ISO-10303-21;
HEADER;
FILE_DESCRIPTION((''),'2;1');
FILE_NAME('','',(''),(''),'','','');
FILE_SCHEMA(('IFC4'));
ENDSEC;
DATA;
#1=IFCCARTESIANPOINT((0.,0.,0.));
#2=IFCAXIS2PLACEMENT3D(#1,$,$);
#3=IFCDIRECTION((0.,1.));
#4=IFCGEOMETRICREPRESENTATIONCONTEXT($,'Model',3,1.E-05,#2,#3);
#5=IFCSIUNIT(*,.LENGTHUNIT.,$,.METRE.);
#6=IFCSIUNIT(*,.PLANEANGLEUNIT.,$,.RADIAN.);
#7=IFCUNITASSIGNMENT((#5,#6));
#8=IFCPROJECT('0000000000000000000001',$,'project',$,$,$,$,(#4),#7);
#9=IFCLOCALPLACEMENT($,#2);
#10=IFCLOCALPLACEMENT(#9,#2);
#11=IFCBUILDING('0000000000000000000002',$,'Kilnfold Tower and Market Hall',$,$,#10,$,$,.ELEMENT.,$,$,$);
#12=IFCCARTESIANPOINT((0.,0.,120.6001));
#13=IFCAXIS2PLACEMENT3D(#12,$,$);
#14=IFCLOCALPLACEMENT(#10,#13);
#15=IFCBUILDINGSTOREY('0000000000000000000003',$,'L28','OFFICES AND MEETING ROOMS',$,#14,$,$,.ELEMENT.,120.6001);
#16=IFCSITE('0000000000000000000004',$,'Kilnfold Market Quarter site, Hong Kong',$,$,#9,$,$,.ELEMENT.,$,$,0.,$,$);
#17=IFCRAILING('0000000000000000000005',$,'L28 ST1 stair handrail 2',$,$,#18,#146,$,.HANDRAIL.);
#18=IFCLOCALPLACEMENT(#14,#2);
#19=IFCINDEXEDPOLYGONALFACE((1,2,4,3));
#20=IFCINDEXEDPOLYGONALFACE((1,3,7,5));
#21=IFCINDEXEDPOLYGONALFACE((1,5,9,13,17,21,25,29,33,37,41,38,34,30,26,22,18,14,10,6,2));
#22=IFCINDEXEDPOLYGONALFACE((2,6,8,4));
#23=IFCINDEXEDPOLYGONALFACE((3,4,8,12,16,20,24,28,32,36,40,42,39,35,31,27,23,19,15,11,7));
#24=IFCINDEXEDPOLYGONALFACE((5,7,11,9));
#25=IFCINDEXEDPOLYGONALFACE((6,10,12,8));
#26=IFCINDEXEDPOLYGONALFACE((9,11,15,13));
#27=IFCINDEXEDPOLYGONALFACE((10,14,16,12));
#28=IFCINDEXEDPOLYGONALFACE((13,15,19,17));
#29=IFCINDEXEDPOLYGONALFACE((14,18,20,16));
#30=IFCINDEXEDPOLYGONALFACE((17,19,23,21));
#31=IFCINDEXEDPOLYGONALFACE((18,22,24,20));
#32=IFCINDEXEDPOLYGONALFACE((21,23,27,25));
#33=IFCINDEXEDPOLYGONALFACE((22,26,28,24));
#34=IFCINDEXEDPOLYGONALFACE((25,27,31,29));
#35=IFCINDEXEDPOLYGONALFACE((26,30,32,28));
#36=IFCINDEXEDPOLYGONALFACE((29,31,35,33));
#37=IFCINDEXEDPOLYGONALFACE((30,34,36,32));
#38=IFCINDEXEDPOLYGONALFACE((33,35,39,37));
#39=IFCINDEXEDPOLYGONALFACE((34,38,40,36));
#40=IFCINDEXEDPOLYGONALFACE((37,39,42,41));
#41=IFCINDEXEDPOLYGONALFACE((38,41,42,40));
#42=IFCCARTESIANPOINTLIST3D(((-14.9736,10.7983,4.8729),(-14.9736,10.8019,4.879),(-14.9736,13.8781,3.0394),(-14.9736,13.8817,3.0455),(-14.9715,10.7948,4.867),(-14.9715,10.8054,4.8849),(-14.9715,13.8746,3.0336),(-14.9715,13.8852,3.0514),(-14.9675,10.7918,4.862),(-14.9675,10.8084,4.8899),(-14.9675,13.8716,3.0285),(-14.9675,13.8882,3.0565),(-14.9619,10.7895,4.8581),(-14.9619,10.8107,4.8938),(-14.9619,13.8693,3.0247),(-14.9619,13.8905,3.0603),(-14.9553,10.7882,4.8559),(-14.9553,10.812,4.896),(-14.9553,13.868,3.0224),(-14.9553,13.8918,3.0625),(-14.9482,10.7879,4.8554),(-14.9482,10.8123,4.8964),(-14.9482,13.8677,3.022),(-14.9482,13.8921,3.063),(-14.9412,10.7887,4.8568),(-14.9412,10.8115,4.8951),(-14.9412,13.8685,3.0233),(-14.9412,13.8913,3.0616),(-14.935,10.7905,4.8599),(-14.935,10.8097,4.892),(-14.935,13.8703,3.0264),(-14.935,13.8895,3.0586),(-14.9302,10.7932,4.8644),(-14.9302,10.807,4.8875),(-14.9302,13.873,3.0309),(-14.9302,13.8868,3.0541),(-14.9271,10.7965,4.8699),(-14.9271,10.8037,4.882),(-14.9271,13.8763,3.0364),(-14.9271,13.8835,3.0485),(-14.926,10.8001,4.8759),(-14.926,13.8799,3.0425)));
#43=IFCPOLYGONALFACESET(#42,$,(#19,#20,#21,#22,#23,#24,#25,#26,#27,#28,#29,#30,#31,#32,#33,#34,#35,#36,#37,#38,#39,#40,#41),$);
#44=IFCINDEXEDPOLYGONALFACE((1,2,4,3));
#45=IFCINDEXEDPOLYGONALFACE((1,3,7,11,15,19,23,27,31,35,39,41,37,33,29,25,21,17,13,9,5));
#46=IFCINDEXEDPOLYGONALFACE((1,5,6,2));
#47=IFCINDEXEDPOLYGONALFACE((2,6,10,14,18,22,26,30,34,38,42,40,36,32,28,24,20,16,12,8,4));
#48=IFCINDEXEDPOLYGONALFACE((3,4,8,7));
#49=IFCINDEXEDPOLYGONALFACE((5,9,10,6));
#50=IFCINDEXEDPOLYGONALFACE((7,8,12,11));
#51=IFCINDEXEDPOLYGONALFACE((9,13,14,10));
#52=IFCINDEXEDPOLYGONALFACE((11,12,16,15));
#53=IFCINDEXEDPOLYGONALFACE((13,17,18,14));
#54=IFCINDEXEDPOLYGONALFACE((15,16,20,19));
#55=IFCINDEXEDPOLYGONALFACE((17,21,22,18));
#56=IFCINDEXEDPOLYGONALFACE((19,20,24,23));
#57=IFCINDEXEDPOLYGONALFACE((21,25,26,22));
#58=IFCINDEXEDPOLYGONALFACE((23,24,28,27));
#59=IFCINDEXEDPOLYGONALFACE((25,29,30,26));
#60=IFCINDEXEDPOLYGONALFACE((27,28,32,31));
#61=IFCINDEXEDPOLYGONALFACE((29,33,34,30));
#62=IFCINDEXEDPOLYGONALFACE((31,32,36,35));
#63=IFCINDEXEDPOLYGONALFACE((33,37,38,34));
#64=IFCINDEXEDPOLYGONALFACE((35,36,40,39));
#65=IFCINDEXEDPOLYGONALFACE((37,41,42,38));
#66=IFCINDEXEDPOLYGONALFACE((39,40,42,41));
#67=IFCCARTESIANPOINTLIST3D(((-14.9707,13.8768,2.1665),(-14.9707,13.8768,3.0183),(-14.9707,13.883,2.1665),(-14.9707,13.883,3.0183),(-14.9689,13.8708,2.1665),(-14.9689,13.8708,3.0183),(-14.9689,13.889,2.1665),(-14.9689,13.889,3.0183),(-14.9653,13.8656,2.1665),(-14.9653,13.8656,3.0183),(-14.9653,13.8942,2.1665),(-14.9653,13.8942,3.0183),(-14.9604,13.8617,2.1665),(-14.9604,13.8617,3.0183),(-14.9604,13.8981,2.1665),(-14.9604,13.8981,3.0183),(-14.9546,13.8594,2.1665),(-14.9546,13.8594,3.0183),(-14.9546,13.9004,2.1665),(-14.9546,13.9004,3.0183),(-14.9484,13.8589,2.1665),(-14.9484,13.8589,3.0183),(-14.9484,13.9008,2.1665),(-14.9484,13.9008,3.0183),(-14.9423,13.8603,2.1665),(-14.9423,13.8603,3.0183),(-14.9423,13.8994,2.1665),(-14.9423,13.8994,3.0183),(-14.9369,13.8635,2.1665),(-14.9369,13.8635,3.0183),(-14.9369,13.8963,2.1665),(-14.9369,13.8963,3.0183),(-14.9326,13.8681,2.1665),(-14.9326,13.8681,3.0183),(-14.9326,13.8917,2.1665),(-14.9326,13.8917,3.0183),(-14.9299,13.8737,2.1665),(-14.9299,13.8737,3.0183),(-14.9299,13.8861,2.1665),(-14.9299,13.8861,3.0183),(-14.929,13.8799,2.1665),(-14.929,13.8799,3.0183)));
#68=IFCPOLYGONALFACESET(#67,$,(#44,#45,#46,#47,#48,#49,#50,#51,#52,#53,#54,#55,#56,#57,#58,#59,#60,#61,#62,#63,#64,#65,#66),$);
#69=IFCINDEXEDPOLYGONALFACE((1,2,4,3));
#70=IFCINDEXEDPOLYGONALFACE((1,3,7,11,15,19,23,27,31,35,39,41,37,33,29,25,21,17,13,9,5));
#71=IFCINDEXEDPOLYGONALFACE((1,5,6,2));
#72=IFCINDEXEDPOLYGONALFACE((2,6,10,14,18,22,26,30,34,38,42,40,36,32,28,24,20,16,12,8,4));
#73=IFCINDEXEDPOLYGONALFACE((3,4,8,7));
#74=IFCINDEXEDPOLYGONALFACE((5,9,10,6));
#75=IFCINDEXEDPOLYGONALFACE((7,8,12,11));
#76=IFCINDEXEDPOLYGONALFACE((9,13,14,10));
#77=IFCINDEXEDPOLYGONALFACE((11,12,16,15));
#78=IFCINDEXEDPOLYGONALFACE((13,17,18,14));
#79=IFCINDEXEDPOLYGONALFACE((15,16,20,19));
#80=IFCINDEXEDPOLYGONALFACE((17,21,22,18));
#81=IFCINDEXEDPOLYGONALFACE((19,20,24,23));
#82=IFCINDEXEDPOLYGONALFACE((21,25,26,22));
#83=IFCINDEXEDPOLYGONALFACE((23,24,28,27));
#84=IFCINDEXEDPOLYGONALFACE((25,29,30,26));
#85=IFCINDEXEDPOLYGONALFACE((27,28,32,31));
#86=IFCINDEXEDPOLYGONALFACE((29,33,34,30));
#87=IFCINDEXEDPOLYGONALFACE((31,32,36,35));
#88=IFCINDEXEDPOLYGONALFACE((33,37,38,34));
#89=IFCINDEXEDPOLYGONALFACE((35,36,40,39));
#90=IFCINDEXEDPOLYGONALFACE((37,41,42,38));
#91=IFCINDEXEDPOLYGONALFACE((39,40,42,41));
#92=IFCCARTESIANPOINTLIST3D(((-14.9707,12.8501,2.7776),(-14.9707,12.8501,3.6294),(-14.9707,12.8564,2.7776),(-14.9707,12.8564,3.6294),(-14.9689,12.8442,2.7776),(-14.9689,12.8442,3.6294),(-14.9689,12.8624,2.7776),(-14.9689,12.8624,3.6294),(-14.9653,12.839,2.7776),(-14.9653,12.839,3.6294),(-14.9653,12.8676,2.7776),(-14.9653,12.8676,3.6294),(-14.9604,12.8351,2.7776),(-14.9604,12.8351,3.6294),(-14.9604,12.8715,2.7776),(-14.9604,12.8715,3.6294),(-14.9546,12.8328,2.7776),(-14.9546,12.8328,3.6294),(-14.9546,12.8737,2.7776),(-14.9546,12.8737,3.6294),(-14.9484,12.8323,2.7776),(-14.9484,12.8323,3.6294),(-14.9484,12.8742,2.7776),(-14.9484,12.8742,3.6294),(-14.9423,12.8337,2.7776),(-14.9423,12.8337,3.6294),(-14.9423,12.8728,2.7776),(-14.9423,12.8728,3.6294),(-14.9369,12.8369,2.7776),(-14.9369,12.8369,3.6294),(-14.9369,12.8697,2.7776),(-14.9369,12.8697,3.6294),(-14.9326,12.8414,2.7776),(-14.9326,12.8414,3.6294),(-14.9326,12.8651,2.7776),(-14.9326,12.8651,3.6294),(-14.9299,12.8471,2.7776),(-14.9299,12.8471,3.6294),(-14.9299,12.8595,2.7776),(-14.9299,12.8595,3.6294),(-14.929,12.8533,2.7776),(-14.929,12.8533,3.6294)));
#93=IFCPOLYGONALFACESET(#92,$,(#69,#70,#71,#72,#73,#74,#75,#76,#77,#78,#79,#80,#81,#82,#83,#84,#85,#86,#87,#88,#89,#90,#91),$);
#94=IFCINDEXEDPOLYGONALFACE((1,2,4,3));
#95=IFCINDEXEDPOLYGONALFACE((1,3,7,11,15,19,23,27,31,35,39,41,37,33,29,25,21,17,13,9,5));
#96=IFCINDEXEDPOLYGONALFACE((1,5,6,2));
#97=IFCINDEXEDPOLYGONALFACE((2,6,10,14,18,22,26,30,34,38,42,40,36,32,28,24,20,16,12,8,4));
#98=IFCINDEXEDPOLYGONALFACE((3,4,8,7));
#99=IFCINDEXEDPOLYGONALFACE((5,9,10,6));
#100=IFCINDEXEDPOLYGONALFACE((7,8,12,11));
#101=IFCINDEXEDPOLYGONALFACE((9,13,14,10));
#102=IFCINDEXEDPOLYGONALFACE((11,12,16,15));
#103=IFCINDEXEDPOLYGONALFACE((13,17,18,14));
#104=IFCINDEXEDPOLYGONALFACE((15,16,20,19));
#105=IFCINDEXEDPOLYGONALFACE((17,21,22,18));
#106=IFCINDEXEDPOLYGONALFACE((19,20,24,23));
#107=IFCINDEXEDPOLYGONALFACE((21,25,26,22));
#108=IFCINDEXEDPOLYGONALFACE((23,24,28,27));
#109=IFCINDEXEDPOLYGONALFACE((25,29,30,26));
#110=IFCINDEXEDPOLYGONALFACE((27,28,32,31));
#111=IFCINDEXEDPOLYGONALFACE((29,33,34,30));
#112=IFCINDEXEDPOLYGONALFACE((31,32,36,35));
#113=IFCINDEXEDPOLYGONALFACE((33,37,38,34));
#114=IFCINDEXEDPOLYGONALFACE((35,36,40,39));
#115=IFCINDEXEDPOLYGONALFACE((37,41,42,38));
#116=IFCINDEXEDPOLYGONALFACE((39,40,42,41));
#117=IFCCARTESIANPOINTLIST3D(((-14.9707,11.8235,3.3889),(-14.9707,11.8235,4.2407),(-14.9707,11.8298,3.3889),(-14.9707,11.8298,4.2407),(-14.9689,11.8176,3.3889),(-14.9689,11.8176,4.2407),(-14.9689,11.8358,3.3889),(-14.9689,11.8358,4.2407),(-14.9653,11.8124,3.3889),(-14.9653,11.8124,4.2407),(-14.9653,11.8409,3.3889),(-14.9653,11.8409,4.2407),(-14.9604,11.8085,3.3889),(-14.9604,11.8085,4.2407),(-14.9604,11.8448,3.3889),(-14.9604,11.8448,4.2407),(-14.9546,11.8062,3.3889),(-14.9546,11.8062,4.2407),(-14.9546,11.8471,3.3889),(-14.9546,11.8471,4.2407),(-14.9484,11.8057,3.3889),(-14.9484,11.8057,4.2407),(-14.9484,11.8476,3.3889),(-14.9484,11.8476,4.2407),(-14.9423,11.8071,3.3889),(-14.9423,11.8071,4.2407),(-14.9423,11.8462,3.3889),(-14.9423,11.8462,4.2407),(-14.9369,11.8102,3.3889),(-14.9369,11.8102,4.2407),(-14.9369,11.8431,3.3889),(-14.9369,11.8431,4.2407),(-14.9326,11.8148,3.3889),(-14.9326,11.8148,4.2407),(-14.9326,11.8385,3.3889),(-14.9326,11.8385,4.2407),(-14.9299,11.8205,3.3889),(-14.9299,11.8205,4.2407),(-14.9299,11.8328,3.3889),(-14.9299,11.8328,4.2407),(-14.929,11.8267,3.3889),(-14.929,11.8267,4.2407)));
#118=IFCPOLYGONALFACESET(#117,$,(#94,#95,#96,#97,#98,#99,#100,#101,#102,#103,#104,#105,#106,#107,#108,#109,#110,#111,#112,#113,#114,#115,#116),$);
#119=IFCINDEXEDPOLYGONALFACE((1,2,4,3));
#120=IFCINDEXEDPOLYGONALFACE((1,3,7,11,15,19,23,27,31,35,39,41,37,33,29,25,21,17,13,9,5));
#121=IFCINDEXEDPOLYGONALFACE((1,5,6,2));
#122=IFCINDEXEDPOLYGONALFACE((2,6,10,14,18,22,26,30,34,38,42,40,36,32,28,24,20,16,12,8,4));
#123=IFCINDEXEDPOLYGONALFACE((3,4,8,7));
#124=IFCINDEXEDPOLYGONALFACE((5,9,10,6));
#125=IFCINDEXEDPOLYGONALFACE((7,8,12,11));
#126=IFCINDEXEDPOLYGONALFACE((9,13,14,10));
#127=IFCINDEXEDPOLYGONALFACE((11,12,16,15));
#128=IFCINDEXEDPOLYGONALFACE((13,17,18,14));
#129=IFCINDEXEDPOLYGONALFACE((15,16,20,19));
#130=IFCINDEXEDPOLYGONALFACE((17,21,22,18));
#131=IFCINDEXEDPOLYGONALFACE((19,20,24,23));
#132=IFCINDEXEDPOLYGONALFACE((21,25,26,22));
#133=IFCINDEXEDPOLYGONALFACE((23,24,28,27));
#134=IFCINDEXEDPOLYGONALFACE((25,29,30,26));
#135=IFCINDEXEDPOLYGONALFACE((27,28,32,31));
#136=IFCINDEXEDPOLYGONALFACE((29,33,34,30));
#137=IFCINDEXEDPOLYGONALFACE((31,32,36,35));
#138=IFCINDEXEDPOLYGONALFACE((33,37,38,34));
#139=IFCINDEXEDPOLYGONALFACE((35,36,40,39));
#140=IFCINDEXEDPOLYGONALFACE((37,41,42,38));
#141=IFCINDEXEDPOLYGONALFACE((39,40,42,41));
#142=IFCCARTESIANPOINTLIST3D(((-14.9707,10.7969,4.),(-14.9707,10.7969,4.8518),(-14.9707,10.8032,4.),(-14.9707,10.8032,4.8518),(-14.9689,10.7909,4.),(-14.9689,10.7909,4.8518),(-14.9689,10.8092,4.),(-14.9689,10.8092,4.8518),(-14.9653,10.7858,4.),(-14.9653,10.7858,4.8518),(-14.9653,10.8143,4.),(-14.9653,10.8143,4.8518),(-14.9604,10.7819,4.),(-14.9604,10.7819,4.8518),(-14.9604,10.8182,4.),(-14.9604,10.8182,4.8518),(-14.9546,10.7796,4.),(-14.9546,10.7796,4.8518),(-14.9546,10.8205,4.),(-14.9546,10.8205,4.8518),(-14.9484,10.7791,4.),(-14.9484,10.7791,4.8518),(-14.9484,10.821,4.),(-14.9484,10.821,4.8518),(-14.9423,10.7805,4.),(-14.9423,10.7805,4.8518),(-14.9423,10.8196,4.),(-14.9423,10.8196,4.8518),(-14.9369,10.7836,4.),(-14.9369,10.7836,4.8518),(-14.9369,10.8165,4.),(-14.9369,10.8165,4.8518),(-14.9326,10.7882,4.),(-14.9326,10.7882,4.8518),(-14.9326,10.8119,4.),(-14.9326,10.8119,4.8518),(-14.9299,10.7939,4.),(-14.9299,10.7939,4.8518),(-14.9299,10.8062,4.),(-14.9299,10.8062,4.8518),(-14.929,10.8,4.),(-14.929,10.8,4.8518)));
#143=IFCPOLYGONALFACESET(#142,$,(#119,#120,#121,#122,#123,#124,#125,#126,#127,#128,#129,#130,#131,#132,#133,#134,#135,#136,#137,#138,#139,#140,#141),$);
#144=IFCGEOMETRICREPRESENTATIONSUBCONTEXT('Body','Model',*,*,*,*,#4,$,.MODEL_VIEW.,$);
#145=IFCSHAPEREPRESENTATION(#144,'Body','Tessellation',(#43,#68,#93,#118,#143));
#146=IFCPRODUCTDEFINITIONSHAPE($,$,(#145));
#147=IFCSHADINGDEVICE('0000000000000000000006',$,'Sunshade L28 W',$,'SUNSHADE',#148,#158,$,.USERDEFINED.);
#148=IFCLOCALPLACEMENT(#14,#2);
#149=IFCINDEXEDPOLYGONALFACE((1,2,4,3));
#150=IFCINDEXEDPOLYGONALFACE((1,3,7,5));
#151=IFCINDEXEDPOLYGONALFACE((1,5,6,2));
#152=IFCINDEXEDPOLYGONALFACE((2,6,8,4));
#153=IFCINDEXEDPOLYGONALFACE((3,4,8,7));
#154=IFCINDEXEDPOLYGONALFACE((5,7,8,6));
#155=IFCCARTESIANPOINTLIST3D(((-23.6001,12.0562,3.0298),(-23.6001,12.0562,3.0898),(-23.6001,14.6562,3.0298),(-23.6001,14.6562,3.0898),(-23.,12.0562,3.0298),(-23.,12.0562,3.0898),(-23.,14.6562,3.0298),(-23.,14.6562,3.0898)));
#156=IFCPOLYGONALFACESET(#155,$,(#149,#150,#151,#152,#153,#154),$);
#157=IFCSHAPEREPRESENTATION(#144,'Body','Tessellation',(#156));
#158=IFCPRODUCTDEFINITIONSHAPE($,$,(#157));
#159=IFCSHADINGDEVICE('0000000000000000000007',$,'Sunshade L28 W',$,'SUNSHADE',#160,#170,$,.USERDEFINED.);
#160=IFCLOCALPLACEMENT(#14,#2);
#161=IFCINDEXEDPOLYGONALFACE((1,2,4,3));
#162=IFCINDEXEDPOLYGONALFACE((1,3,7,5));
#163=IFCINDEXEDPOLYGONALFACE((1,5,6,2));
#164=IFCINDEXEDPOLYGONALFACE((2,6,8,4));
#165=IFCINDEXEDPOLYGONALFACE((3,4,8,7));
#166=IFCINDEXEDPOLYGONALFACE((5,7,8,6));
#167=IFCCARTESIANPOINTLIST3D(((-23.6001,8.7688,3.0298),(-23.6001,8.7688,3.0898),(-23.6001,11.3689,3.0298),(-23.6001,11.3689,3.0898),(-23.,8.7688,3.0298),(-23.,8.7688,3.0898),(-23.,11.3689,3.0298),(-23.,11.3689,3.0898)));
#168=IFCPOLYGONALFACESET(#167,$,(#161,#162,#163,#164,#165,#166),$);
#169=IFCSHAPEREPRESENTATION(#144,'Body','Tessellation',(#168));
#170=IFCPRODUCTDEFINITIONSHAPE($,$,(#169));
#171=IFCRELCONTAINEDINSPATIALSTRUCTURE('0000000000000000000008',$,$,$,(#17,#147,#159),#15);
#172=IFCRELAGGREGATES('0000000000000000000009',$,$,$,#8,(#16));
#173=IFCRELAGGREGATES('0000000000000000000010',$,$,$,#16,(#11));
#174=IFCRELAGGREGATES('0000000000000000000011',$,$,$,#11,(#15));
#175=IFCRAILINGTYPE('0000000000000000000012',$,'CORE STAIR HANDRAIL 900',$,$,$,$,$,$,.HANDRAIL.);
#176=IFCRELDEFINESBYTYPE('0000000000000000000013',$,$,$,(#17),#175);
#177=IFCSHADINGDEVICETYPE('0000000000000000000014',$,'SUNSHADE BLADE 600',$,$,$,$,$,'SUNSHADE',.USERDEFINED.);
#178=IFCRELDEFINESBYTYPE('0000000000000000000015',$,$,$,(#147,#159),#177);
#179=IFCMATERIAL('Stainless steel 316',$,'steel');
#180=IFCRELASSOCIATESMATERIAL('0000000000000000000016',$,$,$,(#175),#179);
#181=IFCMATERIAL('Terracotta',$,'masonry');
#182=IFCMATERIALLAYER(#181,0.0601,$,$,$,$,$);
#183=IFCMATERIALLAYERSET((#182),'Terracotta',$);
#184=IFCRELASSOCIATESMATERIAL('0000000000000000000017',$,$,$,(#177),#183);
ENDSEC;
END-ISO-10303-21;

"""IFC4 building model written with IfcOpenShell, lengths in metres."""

from ifc_helpers import new_model, si_unit, direction, frame, origin, origin_2d, place, context, subcontext, project, spatial, rectangle, circle, extrude, source, transform, mapped, material, layer, layer_set, type_object, element, save


model = new_model("IFC4")

# Units and contexts
model_context = context("Model", 3, precision=1e-05, world=origin(), true_north=direction((0.0, 1.0)))
body_context = subcontext(model_context, "Body", "Model", "MODEL_VIEW")
ifc_project = project(units=[si_unit("LENGTHUNIT", "METRE"), si_unit("PLANEANGLEUNIT", "RADIAN")], contexts=[model_context])

# Site, building, storey
site_placement = place(None, origin())
site = spatial("IfcSite", under=ifc_project, at=site_placement, Name="Kilnfold Market Quarter site, Hong Kong", CompositionType="ELEMENT", RefElevation=0.0)
building_placement = place(site_placement, origin())
building = spatial("IfcBuilding", under=site, at=building_placement, Name="Kilnfold Tower and Market Hall", CompositionType="ELEMENT")
storey_placement = place(building_placement, frame((0.0, 0.0, 120.6001)))
storey = spatial("IfcBuildingStorey", under=building, at=storey_placement, Name="L28", Description="OFFICES AND MEETING ROOMS", CompositionType="ELEMENT", Elevation=120.6001)

# Railing
ifc_material_1 = material(Name="Stainless steel 316", Category="steel")
railing_type_1 = type_object("IfcRailingType", Name="CORE STAIR HANDRAIL 900", PredefinedType="HANDRAIL", material=ifc_material_1)
railing_1_placement = place(storey_placement, frame((-14.95, 13.8799, 2.1665)))
element("IfcRailing", 1, at=railing_1_placement, inside=storey, type_object=railing_type_1, Name="L28 ST1 stair handrail 2", PredefinedType="HANDRAIL", context=body_context, shape_type="SweptSolid", body=[
    extrude(circle(Radius=0.0239, at=origin_2d()), frame((0.0, 0.0, 0.876), z_axis=(0.0, -0.859261, 0.511538), x_axis=(1.0, 0.0, 0.0)), (0.0, 0.0, 1.0), 3.5842),
    extrude(circle(Radius=0.021, at=origin_2d()), origin(), (0.0, 0.0, 1.0), 0.8518),
    extrude(circle(Radius=0.021, at=origin_2d()), frame((0.0, -1.0266, 0.6111)), (0.0, 0.0, 1.0), 0.8518),
    extrude(circle(Radius=0.021, at=origin_2d()), frame((0.0, -2.0532, 1.2224)), (0.0, 0.0, 1.0), 0.8518),
    extrude(circle(Radius=0.021, at=origin_2d()), frame((0.0, -3.0798, 1.8335)), (0.0, 0.0, 1.0), 0.8518),
])

# Shading devices
ifc_material_2 = material(Name="Terracotta", Category="masonry")
ifc_layer_1 = layer(ifc_material_2, 0.0601)
ifc_layer_set_1 = layer_set([ifc_layer_1], Name="Terracotta")
shading_device_type = type_object("IfcShadingDeviceType", Name="SUNSHADE BLADE 600", ElementType="SUNSHADE", PredefinedType="USERDEFINED", material=ifc_layer_set_1)
shared_shape_1 = source(origin(), body_context, "Body", "SweptSolid", [
    extrude(rectangle(XDim=2.6001, YDim=0.6001, at=origin_2d()), origin(), (0.0, 0.0, 1.0), 0.0601),
])
for number, where, z_axis, x_axis, name in (
    (2, (-23.3, 13.3562, 3.0298), (0.0, 0.0, 1.0), (0.0, -1.0, 0.0), "Sunshade L28 W"),
    (3, (-23.3, 10.0688, 3.0298), (0.0, 0.0, 1.0), (0.0, -1.0, 0.0), "Sunshade L28 W"),
):
    element("IfcShadingDevice", number, at=place(storey_placement, frame(where, z_axis=z_axis, x_axis=x_axis)), inside=storey, type_object=shading_device_type, Name=name, ObjectType="SUNSHADE", PredefinedType="USERDEFINED", context=body_context, shape_type="MappedRepresentation", body=[
        mapped(shared_shape_1, transform((0.0, 0.0, 0.0))),
    ])

save(model, "model.ifc")
